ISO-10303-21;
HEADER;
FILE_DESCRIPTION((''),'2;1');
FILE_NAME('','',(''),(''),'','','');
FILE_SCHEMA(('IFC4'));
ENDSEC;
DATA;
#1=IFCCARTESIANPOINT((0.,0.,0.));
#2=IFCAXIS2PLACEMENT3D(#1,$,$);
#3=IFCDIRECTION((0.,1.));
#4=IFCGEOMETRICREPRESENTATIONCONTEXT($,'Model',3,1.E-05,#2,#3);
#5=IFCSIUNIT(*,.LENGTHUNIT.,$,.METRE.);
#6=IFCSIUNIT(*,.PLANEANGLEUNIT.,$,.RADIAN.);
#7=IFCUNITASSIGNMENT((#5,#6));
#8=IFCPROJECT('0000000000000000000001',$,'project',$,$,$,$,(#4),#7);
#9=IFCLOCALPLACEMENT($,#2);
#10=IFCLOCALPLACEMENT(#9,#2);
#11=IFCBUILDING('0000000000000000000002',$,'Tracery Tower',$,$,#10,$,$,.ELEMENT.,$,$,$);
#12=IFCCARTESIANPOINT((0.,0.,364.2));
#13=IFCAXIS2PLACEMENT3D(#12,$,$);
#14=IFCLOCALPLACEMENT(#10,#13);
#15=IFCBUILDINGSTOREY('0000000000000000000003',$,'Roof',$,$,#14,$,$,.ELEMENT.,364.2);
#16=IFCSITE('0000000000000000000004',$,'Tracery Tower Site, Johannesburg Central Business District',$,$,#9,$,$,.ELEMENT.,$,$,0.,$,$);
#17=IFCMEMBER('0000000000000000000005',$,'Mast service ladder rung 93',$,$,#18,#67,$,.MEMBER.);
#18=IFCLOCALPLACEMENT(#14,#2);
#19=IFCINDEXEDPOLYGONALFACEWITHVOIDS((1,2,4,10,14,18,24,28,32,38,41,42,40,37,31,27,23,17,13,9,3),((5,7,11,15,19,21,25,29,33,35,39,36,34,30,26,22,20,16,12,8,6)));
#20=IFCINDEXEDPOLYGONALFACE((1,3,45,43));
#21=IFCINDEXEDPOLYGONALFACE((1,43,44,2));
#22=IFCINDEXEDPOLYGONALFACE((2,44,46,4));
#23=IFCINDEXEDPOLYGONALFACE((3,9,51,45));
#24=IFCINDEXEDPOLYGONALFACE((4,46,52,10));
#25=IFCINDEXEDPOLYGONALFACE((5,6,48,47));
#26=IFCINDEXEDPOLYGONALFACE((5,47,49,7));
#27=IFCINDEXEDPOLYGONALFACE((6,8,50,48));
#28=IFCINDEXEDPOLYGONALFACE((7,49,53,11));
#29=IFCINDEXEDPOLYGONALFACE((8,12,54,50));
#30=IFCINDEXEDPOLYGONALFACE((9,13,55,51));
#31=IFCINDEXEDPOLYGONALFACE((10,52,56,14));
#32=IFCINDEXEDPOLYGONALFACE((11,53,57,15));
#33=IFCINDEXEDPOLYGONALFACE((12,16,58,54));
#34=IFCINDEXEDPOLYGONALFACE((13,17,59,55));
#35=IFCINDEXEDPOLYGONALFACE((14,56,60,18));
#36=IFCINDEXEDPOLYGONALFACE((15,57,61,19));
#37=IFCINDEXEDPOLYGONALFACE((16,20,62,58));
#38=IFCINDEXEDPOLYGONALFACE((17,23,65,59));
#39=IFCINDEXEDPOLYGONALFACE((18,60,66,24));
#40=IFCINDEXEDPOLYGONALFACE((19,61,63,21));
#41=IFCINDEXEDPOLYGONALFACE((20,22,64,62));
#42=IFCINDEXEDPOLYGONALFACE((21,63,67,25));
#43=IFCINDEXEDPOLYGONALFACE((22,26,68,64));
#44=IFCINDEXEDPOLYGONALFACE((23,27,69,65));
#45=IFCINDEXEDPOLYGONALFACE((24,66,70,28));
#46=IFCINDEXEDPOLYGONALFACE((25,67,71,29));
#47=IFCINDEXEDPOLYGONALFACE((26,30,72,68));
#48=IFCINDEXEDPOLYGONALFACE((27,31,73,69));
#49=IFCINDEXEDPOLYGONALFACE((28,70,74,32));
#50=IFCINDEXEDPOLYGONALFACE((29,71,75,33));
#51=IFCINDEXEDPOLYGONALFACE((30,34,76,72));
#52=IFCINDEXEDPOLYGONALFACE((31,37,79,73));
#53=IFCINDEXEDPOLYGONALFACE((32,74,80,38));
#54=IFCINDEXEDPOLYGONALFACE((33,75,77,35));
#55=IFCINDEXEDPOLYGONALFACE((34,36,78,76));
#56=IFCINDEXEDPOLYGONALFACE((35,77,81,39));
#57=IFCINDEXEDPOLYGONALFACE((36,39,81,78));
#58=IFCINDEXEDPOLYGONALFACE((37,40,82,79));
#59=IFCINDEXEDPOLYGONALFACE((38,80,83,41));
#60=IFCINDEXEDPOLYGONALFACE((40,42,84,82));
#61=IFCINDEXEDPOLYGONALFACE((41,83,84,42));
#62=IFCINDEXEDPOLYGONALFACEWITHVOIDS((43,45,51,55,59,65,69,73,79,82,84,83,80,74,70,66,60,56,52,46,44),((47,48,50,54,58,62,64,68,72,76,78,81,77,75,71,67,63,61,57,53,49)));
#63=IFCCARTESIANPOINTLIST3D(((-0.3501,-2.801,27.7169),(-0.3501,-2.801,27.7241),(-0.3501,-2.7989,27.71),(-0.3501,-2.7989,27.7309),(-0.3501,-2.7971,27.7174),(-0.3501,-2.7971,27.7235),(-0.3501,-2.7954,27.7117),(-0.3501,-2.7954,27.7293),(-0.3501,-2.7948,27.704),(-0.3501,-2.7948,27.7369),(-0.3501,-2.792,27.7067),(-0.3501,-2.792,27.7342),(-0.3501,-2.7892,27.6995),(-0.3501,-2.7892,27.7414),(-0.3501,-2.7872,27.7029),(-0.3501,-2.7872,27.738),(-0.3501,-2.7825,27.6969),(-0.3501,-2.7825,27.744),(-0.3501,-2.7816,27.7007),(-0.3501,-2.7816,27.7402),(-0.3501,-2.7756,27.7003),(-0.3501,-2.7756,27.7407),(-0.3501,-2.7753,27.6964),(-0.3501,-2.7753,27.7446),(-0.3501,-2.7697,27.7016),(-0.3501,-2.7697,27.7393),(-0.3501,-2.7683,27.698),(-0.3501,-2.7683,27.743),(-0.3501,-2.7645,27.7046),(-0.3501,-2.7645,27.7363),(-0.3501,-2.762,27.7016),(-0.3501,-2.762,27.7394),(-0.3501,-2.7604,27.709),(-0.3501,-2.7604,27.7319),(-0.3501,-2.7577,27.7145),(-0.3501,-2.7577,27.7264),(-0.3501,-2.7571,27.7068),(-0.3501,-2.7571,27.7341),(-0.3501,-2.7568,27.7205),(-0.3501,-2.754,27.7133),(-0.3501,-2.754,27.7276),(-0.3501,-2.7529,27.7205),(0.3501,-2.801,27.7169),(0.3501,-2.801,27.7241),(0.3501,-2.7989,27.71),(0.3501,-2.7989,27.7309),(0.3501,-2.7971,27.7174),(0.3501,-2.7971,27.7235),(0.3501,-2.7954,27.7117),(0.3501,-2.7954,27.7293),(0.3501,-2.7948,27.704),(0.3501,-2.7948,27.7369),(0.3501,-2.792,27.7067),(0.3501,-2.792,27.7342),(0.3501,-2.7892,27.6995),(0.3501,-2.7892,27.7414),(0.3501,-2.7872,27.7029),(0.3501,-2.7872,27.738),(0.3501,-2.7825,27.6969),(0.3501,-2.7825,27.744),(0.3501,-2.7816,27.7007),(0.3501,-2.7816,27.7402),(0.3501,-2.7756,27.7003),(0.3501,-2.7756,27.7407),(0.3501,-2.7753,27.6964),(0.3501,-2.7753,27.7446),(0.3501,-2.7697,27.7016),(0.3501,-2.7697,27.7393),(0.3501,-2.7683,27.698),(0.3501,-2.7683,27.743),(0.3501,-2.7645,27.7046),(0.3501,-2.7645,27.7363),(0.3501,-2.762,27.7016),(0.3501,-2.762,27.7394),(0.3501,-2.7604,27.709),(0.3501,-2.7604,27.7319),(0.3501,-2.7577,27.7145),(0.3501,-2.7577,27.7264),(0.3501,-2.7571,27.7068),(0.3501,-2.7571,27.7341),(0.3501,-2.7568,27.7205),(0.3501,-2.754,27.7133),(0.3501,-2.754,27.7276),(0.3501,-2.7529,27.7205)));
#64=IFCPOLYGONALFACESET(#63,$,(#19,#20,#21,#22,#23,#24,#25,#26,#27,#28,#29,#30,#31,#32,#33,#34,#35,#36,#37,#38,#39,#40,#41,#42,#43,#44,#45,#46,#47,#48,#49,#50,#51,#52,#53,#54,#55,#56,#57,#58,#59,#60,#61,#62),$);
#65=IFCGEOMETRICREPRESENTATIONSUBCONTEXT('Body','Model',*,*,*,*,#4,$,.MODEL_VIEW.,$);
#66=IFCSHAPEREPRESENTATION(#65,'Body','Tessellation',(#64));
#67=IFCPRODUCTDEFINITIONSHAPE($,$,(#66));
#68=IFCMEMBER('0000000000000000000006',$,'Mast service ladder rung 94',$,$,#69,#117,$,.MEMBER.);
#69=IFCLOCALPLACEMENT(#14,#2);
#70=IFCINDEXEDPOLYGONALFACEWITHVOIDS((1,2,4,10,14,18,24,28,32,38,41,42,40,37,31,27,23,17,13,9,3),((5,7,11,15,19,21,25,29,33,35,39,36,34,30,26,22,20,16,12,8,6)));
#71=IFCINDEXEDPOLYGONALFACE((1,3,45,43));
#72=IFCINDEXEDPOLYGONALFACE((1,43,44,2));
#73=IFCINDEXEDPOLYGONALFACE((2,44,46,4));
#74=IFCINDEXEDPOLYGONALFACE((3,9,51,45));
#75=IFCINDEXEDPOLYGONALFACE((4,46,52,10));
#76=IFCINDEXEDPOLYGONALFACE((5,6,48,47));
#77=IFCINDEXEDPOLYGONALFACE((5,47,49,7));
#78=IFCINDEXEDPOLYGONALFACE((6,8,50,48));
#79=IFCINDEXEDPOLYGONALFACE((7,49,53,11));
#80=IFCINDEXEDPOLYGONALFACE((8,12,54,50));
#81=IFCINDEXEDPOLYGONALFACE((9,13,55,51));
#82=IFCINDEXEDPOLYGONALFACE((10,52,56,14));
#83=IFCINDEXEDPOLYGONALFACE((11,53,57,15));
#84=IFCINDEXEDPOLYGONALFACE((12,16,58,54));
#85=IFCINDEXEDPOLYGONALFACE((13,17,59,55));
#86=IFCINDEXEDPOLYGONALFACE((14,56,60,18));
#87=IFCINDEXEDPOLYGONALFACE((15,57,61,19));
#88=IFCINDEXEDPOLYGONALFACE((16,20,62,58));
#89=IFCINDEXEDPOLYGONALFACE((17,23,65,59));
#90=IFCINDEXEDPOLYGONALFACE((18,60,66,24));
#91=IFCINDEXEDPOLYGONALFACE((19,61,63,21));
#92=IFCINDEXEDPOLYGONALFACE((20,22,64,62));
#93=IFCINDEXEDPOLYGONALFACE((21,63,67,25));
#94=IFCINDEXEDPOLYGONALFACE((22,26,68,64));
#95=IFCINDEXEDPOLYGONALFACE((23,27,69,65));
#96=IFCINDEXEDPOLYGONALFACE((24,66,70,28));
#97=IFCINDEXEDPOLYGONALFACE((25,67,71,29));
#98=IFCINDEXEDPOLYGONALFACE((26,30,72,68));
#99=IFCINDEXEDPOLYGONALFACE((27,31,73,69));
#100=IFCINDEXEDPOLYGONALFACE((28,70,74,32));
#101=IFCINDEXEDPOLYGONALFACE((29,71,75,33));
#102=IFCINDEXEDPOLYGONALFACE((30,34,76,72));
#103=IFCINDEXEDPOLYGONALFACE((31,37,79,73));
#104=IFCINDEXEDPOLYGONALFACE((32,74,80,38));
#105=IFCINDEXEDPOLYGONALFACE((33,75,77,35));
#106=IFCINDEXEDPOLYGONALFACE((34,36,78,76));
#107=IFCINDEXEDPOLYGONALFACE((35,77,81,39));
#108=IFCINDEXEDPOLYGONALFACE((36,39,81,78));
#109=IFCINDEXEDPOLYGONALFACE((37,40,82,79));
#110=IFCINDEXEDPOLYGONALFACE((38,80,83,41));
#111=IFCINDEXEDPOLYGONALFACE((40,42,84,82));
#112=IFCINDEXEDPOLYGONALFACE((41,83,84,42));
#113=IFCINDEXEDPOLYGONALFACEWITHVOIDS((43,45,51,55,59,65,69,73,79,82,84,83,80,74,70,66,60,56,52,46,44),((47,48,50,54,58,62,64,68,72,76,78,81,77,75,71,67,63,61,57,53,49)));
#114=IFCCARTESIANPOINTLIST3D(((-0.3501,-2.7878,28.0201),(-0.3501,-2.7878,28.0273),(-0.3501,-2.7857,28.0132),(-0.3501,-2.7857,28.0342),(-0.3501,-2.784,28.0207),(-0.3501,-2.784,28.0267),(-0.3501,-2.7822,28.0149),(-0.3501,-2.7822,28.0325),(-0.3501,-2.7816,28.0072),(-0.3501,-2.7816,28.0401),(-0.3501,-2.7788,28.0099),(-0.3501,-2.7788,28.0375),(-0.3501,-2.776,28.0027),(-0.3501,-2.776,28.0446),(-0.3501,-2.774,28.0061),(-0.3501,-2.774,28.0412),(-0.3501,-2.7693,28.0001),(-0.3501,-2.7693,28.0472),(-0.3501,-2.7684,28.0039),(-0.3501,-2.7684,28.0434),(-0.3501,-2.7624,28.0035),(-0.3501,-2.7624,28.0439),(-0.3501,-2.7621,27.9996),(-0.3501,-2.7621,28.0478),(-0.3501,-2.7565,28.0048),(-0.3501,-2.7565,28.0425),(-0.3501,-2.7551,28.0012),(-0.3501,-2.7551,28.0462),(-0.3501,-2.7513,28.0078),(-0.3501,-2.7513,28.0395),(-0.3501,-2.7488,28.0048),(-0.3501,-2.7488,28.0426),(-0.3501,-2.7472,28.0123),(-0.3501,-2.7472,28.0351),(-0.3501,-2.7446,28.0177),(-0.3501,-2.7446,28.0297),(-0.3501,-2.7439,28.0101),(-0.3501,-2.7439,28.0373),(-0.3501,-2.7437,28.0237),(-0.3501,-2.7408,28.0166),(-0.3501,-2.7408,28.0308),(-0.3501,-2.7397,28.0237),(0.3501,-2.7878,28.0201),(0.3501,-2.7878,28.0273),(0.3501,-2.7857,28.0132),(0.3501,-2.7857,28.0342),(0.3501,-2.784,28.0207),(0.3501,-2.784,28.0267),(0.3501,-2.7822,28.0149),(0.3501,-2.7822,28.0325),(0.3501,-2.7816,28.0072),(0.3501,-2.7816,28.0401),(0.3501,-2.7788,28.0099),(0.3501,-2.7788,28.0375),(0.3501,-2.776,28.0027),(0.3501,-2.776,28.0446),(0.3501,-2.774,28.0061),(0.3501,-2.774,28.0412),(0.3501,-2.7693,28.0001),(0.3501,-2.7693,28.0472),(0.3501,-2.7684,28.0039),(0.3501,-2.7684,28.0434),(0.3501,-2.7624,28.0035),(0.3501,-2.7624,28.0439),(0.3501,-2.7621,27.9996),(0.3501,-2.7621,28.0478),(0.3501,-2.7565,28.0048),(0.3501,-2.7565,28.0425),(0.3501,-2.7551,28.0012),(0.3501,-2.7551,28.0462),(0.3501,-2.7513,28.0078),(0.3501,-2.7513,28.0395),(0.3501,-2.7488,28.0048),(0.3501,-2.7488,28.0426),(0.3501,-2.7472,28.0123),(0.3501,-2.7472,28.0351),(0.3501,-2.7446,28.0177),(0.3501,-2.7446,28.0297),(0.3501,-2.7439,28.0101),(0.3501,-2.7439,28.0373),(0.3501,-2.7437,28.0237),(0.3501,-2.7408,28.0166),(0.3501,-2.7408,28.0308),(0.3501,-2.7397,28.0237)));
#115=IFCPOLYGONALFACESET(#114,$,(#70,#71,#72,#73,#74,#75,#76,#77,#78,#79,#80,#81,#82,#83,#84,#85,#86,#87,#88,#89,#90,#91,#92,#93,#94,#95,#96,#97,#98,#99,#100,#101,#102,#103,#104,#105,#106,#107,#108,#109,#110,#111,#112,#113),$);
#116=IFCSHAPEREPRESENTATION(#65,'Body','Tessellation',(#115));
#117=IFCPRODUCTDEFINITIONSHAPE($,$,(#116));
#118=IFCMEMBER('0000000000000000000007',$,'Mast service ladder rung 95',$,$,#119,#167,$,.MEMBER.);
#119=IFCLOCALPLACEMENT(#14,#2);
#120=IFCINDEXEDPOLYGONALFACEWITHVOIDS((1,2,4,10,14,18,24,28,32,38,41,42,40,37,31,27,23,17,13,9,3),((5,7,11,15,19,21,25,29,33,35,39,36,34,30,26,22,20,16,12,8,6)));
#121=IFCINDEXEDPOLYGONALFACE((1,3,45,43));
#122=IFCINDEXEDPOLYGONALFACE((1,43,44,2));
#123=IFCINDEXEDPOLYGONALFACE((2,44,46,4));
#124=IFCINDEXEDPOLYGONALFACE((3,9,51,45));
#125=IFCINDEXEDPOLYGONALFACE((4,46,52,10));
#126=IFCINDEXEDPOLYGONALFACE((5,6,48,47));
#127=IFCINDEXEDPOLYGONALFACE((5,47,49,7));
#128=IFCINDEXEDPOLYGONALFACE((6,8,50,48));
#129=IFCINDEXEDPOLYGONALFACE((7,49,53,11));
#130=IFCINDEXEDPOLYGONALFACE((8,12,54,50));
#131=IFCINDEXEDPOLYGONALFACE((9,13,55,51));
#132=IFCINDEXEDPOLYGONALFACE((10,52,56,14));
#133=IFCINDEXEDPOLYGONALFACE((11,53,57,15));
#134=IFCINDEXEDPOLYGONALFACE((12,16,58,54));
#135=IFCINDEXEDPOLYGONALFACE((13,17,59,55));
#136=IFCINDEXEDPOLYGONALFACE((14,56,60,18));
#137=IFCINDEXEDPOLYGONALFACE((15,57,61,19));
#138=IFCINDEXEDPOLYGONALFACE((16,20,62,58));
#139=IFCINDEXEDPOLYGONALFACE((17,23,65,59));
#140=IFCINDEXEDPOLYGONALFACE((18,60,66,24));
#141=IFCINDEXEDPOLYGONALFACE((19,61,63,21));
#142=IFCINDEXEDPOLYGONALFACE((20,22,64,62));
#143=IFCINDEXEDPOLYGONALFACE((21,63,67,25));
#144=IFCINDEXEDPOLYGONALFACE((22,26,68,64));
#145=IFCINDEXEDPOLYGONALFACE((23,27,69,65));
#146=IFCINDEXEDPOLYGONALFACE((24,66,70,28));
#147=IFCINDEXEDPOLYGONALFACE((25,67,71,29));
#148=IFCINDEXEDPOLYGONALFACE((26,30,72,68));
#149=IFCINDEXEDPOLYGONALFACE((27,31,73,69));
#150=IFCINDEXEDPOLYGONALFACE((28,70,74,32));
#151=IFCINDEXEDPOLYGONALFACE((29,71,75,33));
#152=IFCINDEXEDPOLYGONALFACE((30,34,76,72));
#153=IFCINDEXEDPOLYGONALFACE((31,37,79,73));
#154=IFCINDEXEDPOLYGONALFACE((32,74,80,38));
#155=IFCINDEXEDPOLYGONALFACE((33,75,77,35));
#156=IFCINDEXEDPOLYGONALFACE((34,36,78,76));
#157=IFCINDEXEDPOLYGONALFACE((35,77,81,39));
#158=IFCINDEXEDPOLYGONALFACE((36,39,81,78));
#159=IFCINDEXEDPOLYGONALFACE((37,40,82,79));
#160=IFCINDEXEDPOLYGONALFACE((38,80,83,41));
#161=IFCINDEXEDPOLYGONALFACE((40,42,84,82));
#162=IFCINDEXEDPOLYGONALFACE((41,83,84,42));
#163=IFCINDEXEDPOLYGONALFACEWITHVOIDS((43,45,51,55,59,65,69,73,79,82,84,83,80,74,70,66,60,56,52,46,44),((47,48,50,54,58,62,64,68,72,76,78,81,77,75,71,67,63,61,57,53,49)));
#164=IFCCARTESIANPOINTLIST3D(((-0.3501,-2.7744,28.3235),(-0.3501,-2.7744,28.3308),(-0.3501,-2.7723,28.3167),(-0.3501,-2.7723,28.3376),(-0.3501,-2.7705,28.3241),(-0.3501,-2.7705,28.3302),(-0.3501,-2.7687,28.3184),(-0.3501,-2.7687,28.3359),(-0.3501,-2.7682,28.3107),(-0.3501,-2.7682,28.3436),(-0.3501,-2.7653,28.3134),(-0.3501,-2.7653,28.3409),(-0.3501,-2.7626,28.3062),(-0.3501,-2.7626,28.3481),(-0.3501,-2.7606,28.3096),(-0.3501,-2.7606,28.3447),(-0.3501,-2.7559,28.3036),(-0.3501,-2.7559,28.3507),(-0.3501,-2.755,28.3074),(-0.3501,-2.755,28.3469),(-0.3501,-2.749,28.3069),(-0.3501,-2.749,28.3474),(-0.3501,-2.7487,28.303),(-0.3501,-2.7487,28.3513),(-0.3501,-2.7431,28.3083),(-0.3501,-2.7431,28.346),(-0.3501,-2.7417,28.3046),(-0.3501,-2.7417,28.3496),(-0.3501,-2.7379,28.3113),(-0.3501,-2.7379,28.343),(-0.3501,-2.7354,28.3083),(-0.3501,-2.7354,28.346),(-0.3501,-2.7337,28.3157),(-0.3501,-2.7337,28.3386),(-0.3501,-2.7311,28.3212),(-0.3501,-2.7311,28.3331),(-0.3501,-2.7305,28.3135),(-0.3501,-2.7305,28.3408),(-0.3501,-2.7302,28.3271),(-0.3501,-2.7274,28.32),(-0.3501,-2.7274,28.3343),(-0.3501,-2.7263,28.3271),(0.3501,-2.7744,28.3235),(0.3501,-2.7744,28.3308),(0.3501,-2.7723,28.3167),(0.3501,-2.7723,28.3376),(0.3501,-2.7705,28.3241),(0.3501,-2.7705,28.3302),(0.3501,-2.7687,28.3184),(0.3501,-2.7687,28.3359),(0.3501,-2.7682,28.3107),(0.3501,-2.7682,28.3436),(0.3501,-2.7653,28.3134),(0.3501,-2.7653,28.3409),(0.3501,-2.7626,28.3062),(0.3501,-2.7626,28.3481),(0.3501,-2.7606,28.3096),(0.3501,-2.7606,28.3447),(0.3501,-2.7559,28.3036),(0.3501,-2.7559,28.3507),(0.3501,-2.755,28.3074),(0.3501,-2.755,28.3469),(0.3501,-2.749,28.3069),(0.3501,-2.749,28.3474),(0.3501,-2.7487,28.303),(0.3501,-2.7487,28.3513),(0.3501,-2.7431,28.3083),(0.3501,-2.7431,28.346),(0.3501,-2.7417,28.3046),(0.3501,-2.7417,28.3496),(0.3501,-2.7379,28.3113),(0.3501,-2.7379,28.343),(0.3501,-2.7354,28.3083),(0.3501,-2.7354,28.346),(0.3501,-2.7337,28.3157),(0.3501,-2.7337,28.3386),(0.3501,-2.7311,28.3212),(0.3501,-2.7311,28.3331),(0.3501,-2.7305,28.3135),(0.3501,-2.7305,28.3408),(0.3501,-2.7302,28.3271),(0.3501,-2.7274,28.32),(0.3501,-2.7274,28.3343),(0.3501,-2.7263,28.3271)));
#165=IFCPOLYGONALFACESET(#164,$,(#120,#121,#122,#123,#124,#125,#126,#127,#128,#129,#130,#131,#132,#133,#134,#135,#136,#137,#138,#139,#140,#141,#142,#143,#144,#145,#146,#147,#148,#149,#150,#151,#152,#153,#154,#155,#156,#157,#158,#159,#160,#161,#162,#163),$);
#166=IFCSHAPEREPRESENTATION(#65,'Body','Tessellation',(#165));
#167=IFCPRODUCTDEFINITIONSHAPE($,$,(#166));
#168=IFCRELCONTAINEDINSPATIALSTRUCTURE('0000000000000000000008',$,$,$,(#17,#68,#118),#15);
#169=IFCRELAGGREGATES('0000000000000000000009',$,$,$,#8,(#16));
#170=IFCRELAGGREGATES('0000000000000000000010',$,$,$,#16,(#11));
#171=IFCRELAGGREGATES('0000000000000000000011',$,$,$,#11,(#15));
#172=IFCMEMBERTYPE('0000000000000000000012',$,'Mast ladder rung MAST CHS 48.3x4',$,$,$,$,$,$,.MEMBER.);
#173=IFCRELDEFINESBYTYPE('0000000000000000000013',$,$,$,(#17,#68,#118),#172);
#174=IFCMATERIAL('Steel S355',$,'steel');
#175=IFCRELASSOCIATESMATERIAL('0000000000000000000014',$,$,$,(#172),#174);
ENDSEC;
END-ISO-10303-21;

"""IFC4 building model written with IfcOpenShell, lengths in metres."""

from ifc_helpers import new_model, si_unit, direction, frame, origin, origin_2d, place, context, subcontext, project, spatial, hollow_circle, extrude, material, material_profile, profile_set, type_object, element, save


model = new_model("IFC4")

# Units and contexts
model_context = context("Model", 3, precision=1e-05, world=origin(), true_north=direction((0.0, 1.0)))
body_context = subcontext(model_context, "Body", "Model", "MODEL_VIEW")
ifc_project = project(units=[si_unit("LENGTHUNIT", "METRE"), si_unit("PLANEANGLEUNIT", "RADIAN")], contexts=[model_context])

# Site, building, storey
site_placement = place(None, origin())
site = spatial("IfcSite", under=ifc_project, at=site_placement, Name="Tracery Tower Site, Johannesburg Central Business District", CompositionType="ELEMENT", RefElevation=0.0)
building_placement = place(site_placement, origin())
building = spatial("IfcBuilding", under=site, at=building_placement, Name="Tracery Tower", CompositionType="ELEMENT")
storey_placement = place(building_placement, frame((0.0, 0.0, 364.2)))
storey = spatial("IfcBuildingStorey", under=building, at=storey_placement, Name="Roof", CompositionType="ELEMENT", Elevation=364.2)

# Members
ifc_material_1 = material(Name="Steel S355", Category="steel")
ifc_material_profile_1 = material_profile(ifc_material_1, hollow_circle(Radius=0.0242, WallThickness=0.0039, at=origin_2d()), Name="CHS 48.3x4")
ifc_profile_set_1 = profile_set([ifc_material_profile_1], Name="Steel S355")
member_type_1 = type_object("IfcMemberType", Name="Mast ladder rung MAST CHS 48.3x4", PredefinedType="MEMBER", material=ifc_profile_set_1)
for number, where, z_axis, x_axis, name in (
    (1, (-0.3501, -2.7771, 27.7205), (1.0, 0.0, 0.0), (0.0, 1.0, 0.0), "Mast service ladder rung 93"),
    (2, (-0.3501, -2.7639, 28.0237), (1.0, 0.0, 0.0), (0.0, 1.0, 0.0), "Mast service ladder rung 94"),
    (3, (-0.3501, -2.7505, 28.3271), (1.0, 0.0, 0.0), (0.0, 1.0, 0.0), "Mast service ladder rung 95"),
):
    element("IfcMember", number, at=place(storey_placement, frame(where, z_axis=z_axis, x_axis=x_axis)), inside=storey, type_object=member_type_1, Name=name, PredefinedType="MEMBER", context=body_context, shape_type="SweptSolid", body=[
        extrude(hollow_circle(Radius=0.0242, WallThickness=0.0039, at=origin_2d()), origin(), (0.0, 0.0, 1.0), 0.7002),
    ])

save(model, "model.ifc")
